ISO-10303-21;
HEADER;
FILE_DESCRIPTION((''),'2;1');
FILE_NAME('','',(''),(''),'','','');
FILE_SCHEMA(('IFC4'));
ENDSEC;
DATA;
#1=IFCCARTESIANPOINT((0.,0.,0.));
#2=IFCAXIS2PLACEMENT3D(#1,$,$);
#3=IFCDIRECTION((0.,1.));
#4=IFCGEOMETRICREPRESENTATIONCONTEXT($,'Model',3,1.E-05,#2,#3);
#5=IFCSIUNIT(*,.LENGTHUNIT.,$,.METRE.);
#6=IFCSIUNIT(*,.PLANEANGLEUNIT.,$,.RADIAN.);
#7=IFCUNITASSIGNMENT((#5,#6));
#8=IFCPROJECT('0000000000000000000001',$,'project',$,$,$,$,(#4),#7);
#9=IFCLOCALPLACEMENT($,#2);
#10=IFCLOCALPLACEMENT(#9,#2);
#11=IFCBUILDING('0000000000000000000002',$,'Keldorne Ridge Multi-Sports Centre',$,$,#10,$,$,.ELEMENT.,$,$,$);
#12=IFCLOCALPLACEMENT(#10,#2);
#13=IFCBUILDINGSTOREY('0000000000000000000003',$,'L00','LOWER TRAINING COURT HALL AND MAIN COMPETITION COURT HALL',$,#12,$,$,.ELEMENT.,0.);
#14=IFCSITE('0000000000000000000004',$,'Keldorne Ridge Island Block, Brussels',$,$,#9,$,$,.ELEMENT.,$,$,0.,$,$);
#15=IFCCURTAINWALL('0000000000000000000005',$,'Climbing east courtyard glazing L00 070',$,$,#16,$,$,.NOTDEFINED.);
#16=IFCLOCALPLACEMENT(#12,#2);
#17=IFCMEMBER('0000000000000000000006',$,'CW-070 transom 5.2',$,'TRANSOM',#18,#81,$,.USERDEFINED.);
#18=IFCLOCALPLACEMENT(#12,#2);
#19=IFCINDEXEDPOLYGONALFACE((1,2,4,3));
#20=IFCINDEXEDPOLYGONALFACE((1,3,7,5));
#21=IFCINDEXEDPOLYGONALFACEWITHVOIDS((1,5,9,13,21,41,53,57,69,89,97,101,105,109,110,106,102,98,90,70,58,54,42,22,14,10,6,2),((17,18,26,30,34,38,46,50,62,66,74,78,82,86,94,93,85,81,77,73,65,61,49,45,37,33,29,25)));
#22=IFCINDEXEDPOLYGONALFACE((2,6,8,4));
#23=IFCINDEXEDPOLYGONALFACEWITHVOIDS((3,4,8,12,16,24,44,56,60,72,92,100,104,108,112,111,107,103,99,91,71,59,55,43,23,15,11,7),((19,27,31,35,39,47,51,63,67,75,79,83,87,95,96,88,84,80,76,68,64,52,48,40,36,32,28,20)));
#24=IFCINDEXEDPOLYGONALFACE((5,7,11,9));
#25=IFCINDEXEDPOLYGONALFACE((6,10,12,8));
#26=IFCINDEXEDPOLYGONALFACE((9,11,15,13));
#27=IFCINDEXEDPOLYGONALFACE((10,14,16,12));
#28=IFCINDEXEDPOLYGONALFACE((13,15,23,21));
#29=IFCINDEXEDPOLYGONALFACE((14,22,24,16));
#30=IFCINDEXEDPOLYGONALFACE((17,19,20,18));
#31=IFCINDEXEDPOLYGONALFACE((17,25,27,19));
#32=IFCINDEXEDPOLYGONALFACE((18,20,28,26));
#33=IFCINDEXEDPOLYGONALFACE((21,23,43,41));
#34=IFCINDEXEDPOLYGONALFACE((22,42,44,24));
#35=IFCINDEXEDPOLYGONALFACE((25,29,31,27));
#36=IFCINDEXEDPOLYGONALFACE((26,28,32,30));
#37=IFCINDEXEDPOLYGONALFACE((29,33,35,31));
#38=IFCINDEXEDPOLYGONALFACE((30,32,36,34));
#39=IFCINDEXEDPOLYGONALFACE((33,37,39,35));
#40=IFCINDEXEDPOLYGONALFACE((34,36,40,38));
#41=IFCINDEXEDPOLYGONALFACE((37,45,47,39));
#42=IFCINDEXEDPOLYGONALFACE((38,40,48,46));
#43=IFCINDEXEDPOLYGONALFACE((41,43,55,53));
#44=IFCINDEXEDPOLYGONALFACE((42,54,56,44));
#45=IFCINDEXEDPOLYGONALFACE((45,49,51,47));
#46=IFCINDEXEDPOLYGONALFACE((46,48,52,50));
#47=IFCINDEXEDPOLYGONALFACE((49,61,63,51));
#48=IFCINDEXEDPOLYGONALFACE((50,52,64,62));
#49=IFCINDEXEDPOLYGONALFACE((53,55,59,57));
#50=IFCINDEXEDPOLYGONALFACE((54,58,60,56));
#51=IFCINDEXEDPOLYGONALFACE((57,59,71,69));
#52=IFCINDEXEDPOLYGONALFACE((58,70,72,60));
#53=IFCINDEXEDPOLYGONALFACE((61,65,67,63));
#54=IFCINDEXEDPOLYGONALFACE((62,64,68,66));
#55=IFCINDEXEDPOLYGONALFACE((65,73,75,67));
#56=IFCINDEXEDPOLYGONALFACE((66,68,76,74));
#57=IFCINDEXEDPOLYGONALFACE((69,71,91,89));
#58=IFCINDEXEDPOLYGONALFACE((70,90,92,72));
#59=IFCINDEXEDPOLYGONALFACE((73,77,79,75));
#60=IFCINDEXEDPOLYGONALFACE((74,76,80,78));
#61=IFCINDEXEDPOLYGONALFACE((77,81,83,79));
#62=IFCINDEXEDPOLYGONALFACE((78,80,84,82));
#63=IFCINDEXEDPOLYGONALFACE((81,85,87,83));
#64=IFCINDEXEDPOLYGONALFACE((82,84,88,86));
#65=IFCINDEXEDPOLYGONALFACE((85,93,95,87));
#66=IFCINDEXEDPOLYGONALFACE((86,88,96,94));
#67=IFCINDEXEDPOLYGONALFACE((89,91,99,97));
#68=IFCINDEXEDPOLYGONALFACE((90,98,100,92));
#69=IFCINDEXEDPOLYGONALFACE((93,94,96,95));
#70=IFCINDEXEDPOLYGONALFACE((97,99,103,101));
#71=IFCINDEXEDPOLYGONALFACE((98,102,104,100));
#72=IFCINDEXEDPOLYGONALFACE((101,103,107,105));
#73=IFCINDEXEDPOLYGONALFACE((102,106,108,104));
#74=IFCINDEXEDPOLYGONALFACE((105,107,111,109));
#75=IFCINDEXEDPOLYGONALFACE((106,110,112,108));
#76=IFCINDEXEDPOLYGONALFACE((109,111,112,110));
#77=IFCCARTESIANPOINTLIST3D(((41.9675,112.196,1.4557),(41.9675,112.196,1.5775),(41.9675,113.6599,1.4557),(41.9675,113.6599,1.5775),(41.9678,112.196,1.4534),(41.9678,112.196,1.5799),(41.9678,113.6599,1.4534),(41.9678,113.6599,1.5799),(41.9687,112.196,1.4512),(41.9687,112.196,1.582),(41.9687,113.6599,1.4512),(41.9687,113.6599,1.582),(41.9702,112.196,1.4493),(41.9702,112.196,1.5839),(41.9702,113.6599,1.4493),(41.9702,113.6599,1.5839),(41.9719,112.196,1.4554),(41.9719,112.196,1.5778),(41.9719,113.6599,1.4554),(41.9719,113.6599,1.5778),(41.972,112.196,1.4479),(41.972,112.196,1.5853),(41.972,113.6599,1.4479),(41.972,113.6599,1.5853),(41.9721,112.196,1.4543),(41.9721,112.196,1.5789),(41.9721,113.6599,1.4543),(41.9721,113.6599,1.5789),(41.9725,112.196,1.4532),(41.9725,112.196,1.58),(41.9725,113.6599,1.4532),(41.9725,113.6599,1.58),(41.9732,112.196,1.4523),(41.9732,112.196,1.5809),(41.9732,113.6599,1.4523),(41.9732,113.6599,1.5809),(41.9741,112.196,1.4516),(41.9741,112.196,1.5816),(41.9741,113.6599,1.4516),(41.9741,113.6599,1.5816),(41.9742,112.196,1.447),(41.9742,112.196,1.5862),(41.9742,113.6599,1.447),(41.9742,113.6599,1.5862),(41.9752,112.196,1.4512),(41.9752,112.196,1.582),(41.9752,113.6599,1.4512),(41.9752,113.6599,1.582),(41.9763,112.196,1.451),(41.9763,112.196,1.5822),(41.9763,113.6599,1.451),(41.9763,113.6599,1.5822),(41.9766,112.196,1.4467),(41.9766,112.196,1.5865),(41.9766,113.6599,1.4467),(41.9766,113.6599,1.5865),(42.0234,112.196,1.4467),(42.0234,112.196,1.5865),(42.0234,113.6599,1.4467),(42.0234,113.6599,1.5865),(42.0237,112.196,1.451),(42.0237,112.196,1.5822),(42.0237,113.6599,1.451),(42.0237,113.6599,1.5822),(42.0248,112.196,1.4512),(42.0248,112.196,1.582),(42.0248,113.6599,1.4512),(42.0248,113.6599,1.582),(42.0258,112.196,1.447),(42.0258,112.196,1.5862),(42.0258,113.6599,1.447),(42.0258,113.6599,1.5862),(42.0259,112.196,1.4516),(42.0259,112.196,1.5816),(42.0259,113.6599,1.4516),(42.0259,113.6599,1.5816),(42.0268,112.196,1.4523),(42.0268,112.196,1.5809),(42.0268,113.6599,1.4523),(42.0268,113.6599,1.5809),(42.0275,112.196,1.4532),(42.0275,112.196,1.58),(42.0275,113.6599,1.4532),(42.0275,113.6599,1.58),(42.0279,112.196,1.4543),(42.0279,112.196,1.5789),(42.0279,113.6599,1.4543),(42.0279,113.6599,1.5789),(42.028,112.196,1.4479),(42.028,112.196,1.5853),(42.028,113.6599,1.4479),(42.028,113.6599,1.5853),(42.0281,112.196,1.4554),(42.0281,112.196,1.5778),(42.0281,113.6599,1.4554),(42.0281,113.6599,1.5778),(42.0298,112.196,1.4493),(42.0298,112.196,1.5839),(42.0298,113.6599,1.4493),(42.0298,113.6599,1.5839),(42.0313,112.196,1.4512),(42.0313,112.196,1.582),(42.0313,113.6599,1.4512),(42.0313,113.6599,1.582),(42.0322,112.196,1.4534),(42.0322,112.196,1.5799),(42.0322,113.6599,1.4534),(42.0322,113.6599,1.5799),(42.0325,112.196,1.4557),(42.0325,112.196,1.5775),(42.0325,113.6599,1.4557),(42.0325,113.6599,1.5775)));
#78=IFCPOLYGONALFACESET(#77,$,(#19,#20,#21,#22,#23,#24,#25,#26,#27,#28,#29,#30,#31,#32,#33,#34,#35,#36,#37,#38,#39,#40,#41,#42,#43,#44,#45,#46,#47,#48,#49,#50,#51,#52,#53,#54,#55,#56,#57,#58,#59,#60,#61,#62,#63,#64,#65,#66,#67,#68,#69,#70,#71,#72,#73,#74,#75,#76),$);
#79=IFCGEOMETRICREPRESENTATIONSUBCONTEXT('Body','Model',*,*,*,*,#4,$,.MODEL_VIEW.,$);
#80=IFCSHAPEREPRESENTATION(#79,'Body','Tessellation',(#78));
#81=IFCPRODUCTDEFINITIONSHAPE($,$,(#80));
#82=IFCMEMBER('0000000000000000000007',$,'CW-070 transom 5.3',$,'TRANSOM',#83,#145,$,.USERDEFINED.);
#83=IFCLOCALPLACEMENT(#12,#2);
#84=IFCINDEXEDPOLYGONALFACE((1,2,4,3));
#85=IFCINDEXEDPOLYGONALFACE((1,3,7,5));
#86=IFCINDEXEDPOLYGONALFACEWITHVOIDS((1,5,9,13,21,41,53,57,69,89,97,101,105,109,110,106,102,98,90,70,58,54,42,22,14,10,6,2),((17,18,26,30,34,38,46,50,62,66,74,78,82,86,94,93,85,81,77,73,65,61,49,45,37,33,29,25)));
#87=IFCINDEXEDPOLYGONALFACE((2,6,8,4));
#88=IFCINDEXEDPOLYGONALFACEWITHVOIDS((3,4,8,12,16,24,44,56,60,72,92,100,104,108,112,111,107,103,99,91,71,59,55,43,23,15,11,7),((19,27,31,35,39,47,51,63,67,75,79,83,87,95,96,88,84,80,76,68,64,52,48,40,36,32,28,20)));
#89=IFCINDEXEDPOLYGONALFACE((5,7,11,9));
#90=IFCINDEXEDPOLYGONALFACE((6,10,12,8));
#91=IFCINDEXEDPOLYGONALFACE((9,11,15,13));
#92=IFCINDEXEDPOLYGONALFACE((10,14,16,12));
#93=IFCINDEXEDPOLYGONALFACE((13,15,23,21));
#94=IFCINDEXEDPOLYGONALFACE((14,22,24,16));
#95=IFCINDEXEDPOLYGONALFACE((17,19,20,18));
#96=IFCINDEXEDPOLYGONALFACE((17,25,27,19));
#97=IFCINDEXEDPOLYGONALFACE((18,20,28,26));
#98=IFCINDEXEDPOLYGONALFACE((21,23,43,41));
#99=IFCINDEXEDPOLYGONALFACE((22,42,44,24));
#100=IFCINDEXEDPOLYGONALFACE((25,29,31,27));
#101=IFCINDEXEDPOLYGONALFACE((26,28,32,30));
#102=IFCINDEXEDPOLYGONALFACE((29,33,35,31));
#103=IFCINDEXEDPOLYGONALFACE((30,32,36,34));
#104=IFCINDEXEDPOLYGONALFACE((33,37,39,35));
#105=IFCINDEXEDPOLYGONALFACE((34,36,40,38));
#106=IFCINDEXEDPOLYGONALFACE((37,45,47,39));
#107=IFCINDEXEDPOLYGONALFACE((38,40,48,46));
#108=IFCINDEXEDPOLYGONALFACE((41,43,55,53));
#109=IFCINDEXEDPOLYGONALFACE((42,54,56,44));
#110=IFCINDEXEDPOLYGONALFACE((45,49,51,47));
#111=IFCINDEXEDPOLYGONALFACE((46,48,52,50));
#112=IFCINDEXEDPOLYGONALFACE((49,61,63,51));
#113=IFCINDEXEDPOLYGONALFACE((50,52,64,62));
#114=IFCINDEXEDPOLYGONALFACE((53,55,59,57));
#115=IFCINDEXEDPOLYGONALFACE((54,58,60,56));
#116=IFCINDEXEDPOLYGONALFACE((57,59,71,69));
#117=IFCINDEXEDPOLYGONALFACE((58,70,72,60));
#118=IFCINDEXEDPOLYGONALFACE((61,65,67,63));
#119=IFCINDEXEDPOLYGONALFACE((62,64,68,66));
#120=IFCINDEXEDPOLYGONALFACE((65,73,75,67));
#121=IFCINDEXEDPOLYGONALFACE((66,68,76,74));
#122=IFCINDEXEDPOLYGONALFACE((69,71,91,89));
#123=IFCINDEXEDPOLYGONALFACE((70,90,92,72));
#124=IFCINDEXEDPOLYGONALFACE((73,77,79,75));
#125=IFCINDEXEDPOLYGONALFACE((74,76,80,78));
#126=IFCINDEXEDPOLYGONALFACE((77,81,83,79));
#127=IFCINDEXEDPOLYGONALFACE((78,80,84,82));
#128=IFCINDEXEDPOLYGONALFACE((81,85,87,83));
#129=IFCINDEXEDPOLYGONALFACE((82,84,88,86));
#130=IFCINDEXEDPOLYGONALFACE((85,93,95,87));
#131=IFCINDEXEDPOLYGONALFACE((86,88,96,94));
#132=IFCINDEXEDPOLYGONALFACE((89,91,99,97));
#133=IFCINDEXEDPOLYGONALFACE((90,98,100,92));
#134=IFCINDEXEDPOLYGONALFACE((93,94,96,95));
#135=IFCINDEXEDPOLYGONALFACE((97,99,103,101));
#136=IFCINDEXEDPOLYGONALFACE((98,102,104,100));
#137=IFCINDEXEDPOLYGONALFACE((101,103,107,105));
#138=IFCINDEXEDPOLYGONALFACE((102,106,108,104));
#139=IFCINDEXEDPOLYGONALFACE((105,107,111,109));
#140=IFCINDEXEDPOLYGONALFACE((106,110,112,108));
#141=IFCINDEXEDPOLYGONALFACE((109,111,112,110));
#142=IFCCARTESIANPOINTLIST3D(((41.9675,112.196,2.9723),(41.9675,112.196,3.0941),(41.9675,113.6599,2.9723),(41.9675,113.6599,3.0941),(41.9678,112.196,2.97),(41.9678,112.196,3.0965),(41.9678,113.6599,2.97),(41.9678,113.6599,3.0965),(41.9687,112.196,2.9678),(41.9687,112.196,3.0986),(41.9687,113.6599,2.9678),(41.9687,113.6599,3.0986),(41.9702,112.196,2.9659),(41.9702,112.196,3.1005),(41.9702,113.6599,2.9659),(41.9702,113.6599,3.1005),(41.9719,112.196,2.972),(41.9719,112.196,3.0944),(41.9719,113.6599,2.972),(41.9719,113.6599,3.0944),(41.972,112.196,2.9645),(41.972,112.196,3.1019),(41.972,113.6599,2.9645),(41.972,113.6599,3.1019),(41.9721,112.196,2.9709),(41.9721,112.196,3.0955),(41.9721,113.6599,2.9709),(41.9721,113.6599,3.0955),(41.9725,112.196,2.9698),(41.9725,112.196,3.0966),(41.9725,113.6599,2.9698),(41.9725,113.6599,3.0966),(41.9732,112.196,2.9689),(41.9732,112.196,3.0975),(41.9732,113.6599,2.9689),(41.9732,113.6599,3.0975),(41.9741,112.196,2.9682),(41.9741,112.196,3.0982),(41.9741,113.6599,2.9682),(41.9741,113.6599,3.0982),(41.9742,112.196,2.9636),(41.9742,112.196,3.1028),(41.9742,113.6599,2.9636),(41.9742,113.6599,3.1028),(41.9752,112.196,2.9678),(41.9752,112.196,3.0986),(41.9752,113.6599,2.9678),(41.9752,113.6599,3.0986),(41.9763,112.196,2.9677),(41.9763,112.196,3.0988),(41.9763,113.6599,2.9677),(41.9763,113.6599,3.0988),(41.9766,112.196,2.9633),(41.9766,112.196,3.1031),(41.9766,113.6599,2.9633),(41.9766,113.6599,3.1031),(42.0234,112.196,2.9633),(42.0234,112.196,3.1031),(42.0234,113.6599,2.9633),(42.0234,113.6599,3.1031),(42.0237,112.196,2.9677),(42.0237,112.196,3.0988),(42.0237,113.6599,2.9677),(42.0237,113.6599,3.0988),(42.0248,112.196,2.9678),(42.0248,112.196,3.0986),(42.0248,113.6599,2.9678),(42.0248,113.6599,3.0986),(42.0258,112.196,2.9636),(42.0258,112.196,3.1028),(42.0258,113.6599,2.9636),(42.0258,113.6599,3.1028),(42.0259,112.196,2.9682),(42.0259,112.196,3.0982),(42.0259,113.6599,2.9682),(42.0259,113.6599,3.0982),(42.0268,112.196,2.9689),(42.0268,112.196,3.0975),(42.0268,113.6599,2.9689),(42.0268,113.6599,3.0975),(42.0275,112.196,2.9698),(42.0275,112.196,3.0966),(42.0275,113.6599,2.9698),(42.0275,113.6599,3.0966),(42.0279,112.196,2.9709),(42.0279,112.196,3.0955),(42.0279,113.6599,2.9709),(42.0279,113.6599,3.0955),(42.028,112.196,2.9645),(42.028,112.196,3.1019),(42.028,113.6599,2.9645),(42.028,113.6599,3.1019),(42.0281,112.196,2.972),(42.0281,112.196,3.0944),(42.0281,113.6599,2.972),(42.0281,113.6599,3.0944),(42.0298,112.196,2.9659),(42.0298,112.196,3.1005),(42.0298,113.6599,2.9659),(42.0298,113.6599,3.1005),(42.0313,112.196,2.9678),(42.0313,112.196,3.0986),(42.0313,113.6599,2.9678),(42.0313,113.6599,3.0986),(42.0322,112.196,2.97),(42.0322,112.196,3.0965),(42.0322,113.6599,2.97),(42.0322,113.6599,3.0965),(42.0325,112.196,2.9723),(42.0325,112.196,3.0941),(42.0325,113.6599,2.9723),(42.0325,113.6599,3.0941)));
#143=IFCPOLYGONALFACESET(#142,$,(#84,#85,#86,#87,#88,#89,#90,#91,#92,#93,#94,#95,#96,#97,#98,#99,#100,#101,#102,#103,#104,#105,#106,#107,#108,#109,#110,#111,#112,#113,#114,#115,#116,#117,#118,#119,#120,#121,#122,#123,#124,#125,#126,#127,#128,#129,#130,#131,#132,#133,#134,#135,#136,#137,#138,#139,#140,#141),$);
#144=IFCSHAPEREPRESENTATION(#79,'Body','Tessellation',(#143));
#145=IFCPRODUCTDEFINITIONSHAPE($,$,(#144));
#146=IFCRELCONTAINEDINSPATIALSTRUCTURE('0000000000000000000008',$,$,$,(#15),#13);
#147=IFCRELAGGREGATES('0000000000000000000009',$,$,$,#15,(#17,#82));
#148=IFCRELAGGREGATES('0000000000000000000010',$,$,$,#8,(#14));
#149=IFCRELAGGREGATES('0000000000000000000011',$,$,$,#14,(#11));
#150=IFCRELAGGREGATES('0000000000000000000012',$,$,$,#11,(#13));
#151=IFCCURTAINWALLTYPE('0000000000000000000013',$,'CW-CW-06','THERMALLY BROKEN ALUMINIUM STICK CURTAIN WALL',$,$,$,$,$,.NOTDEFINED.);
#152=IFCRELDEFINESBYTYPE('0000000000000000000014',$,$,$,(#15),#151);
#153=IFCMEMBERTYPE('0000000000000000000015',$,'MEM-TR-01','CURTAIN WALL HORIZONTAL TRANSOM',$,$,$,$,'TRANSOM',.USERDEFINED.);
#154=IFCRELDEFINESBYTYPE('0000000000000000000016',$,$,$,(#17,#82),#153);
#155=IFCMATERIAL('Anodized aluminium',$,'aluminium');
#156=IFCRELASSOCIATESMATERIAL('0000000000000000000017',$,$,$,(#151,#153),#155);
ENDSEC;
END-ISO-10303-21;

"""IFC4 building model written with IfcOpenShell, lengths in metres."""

from ifc_helpers import new_model, si_unit, direction, frame, origin, origin_2d, place, context, subcontext, project, spatial, hollow_rectangle, extrude, material, material_profile, profile_set, type_object, element, aggregate, save


model = new_model("IFC4")

# Units and contexts
model_context = context("Model", 3, precision=1e-05, world=origin(), true_north=direction((0.0, 1.0)))
body_context = subcontext(model_context, "Body", "Model", "MODEL_VIEW")
ifc_project = project(units=[si_unit("LENGTHUNIT", "METRE"), si_unit("PLANEANGLEUNIT", "RADIAN")], contexts=[model_context])

# Site, building, storey
site_placement = place(None, origin())
site = spatial("IfcSite", under=ifc_project, at=site_placement, Name="Keldorne Ridge Island Block, Brussels", CompositionType="ELEMENT", RefElevation=0.0)
building_placement = place(site_placement, origin())
building = spatial("IfcBuilding", under=site, at=building_placement, Name="Keldorne Ridge Multi-Sports Centre", CompositionType="ELEMENT")
storey_placement = place(building_placement, origin())
storey = spatial("IfcBuildingStorey", under=building, at=storey_placement, Name="L00", Description="LOWER TRAINING COURT HALL AND MAIN COMPETITION COURT HALL", CompositionType="ELEMENT", Elevation=0.0)

# Curtain wall
ifc_material_1 = material(Name="Anodized aluminium", Category="aluminium")
curtain_wall_type_1 = type_object("IfcCurtainWallType", Name="CW-CW-06", Description="THERMALLY BROKEN ALUMINIUM STICK CURTAIN WALL", PredefinedType="NOTDEFINED", material=ifc_material_1)
curtain_wall_1_placement = place(storey_placement, origin())
curtain_wall_1 = element("IfcCurtainWall", 1, at=curtain_wall_1_placement, inside=storey, type_object=curtain_wall_type_1, Name="Climbing east courtyard glazing L00 070", PredefinedType="NOTDEFINED")

# Members
ifc_material_profile_1 = material_profile(ifc_material_1, hollow_rectangle(XDim=0.0649, YDim=0.1399, WallThickness=0.0044, InnerFilletRadius=0.0044, OuterFilletRadius=0.009, at=origin_2d()), Name="ALU TRANSOM 140x65x4.5")
ifc_profile_set_1 = profile_set([ifc_material_profile_1], Name="Anodized aluminium")
member_type_1 = type_object("IfcMemberType", Name="MEM-TR-01", Description="CURTAIN WALL HORIZONTAL TRANSOM", ElementType="TRANSOM", PredefinedType="USERDEFINED", material=ifc_profile_set_1)
member_1_placement = place(storey_placement, frame((42.0, 112.196, 1.5166), z_axis=(0.0, 1.0, 0.0), x_axis=(-1.0, 0.0, 0.0)))
member_1 = element("IfcMember", 2, at=member_1_placement, type_object=member_type_1, Name="CW-070 transom 5.2", ObjectType="TRANSOM", PredefinedType="USERDEFINED", context=body_context, shape_type="SweptSolid", body=[
    extrude(hollow_rectangle(XDim=0.0649, YDim=0.1399, WallThickness=0.0044, InnerFilletRadius=0.0044, OuterFilletRadius=0.009, at=origin_2d()), origin(), (0.0, 0.0, 1.0), 1.4639),
])
member_2_placement = place(storey_placement, frame((42.0, 112.196, 3.0332), z_axis=(0.0, 1.0, 0.0), x_axis=(-1.0, 0.0, 0.0)))
member_2 = element("IfcMember", 3, at=member_2_placement, type_object=member_type_1, Name="CW-070 transom 5.3", ObjectType="TRANSOM", PredefinedType="USERDEFINED", context=body_context, shape_type="SweptSolid", body=[
    extrude(hollow_rectangle(XDim=0.0649, YDim=0.1399, WallThickness=0.0044, InnerFilletRadius=0.0044, OuterFilletRadius=0.009, at=origin_2d()), origin(), (0.0, 0.0, 1.0), 1.4639),
])

aggregate(curtain_wall_1, [member_1, member_2])

save(model, "model.ifc")
